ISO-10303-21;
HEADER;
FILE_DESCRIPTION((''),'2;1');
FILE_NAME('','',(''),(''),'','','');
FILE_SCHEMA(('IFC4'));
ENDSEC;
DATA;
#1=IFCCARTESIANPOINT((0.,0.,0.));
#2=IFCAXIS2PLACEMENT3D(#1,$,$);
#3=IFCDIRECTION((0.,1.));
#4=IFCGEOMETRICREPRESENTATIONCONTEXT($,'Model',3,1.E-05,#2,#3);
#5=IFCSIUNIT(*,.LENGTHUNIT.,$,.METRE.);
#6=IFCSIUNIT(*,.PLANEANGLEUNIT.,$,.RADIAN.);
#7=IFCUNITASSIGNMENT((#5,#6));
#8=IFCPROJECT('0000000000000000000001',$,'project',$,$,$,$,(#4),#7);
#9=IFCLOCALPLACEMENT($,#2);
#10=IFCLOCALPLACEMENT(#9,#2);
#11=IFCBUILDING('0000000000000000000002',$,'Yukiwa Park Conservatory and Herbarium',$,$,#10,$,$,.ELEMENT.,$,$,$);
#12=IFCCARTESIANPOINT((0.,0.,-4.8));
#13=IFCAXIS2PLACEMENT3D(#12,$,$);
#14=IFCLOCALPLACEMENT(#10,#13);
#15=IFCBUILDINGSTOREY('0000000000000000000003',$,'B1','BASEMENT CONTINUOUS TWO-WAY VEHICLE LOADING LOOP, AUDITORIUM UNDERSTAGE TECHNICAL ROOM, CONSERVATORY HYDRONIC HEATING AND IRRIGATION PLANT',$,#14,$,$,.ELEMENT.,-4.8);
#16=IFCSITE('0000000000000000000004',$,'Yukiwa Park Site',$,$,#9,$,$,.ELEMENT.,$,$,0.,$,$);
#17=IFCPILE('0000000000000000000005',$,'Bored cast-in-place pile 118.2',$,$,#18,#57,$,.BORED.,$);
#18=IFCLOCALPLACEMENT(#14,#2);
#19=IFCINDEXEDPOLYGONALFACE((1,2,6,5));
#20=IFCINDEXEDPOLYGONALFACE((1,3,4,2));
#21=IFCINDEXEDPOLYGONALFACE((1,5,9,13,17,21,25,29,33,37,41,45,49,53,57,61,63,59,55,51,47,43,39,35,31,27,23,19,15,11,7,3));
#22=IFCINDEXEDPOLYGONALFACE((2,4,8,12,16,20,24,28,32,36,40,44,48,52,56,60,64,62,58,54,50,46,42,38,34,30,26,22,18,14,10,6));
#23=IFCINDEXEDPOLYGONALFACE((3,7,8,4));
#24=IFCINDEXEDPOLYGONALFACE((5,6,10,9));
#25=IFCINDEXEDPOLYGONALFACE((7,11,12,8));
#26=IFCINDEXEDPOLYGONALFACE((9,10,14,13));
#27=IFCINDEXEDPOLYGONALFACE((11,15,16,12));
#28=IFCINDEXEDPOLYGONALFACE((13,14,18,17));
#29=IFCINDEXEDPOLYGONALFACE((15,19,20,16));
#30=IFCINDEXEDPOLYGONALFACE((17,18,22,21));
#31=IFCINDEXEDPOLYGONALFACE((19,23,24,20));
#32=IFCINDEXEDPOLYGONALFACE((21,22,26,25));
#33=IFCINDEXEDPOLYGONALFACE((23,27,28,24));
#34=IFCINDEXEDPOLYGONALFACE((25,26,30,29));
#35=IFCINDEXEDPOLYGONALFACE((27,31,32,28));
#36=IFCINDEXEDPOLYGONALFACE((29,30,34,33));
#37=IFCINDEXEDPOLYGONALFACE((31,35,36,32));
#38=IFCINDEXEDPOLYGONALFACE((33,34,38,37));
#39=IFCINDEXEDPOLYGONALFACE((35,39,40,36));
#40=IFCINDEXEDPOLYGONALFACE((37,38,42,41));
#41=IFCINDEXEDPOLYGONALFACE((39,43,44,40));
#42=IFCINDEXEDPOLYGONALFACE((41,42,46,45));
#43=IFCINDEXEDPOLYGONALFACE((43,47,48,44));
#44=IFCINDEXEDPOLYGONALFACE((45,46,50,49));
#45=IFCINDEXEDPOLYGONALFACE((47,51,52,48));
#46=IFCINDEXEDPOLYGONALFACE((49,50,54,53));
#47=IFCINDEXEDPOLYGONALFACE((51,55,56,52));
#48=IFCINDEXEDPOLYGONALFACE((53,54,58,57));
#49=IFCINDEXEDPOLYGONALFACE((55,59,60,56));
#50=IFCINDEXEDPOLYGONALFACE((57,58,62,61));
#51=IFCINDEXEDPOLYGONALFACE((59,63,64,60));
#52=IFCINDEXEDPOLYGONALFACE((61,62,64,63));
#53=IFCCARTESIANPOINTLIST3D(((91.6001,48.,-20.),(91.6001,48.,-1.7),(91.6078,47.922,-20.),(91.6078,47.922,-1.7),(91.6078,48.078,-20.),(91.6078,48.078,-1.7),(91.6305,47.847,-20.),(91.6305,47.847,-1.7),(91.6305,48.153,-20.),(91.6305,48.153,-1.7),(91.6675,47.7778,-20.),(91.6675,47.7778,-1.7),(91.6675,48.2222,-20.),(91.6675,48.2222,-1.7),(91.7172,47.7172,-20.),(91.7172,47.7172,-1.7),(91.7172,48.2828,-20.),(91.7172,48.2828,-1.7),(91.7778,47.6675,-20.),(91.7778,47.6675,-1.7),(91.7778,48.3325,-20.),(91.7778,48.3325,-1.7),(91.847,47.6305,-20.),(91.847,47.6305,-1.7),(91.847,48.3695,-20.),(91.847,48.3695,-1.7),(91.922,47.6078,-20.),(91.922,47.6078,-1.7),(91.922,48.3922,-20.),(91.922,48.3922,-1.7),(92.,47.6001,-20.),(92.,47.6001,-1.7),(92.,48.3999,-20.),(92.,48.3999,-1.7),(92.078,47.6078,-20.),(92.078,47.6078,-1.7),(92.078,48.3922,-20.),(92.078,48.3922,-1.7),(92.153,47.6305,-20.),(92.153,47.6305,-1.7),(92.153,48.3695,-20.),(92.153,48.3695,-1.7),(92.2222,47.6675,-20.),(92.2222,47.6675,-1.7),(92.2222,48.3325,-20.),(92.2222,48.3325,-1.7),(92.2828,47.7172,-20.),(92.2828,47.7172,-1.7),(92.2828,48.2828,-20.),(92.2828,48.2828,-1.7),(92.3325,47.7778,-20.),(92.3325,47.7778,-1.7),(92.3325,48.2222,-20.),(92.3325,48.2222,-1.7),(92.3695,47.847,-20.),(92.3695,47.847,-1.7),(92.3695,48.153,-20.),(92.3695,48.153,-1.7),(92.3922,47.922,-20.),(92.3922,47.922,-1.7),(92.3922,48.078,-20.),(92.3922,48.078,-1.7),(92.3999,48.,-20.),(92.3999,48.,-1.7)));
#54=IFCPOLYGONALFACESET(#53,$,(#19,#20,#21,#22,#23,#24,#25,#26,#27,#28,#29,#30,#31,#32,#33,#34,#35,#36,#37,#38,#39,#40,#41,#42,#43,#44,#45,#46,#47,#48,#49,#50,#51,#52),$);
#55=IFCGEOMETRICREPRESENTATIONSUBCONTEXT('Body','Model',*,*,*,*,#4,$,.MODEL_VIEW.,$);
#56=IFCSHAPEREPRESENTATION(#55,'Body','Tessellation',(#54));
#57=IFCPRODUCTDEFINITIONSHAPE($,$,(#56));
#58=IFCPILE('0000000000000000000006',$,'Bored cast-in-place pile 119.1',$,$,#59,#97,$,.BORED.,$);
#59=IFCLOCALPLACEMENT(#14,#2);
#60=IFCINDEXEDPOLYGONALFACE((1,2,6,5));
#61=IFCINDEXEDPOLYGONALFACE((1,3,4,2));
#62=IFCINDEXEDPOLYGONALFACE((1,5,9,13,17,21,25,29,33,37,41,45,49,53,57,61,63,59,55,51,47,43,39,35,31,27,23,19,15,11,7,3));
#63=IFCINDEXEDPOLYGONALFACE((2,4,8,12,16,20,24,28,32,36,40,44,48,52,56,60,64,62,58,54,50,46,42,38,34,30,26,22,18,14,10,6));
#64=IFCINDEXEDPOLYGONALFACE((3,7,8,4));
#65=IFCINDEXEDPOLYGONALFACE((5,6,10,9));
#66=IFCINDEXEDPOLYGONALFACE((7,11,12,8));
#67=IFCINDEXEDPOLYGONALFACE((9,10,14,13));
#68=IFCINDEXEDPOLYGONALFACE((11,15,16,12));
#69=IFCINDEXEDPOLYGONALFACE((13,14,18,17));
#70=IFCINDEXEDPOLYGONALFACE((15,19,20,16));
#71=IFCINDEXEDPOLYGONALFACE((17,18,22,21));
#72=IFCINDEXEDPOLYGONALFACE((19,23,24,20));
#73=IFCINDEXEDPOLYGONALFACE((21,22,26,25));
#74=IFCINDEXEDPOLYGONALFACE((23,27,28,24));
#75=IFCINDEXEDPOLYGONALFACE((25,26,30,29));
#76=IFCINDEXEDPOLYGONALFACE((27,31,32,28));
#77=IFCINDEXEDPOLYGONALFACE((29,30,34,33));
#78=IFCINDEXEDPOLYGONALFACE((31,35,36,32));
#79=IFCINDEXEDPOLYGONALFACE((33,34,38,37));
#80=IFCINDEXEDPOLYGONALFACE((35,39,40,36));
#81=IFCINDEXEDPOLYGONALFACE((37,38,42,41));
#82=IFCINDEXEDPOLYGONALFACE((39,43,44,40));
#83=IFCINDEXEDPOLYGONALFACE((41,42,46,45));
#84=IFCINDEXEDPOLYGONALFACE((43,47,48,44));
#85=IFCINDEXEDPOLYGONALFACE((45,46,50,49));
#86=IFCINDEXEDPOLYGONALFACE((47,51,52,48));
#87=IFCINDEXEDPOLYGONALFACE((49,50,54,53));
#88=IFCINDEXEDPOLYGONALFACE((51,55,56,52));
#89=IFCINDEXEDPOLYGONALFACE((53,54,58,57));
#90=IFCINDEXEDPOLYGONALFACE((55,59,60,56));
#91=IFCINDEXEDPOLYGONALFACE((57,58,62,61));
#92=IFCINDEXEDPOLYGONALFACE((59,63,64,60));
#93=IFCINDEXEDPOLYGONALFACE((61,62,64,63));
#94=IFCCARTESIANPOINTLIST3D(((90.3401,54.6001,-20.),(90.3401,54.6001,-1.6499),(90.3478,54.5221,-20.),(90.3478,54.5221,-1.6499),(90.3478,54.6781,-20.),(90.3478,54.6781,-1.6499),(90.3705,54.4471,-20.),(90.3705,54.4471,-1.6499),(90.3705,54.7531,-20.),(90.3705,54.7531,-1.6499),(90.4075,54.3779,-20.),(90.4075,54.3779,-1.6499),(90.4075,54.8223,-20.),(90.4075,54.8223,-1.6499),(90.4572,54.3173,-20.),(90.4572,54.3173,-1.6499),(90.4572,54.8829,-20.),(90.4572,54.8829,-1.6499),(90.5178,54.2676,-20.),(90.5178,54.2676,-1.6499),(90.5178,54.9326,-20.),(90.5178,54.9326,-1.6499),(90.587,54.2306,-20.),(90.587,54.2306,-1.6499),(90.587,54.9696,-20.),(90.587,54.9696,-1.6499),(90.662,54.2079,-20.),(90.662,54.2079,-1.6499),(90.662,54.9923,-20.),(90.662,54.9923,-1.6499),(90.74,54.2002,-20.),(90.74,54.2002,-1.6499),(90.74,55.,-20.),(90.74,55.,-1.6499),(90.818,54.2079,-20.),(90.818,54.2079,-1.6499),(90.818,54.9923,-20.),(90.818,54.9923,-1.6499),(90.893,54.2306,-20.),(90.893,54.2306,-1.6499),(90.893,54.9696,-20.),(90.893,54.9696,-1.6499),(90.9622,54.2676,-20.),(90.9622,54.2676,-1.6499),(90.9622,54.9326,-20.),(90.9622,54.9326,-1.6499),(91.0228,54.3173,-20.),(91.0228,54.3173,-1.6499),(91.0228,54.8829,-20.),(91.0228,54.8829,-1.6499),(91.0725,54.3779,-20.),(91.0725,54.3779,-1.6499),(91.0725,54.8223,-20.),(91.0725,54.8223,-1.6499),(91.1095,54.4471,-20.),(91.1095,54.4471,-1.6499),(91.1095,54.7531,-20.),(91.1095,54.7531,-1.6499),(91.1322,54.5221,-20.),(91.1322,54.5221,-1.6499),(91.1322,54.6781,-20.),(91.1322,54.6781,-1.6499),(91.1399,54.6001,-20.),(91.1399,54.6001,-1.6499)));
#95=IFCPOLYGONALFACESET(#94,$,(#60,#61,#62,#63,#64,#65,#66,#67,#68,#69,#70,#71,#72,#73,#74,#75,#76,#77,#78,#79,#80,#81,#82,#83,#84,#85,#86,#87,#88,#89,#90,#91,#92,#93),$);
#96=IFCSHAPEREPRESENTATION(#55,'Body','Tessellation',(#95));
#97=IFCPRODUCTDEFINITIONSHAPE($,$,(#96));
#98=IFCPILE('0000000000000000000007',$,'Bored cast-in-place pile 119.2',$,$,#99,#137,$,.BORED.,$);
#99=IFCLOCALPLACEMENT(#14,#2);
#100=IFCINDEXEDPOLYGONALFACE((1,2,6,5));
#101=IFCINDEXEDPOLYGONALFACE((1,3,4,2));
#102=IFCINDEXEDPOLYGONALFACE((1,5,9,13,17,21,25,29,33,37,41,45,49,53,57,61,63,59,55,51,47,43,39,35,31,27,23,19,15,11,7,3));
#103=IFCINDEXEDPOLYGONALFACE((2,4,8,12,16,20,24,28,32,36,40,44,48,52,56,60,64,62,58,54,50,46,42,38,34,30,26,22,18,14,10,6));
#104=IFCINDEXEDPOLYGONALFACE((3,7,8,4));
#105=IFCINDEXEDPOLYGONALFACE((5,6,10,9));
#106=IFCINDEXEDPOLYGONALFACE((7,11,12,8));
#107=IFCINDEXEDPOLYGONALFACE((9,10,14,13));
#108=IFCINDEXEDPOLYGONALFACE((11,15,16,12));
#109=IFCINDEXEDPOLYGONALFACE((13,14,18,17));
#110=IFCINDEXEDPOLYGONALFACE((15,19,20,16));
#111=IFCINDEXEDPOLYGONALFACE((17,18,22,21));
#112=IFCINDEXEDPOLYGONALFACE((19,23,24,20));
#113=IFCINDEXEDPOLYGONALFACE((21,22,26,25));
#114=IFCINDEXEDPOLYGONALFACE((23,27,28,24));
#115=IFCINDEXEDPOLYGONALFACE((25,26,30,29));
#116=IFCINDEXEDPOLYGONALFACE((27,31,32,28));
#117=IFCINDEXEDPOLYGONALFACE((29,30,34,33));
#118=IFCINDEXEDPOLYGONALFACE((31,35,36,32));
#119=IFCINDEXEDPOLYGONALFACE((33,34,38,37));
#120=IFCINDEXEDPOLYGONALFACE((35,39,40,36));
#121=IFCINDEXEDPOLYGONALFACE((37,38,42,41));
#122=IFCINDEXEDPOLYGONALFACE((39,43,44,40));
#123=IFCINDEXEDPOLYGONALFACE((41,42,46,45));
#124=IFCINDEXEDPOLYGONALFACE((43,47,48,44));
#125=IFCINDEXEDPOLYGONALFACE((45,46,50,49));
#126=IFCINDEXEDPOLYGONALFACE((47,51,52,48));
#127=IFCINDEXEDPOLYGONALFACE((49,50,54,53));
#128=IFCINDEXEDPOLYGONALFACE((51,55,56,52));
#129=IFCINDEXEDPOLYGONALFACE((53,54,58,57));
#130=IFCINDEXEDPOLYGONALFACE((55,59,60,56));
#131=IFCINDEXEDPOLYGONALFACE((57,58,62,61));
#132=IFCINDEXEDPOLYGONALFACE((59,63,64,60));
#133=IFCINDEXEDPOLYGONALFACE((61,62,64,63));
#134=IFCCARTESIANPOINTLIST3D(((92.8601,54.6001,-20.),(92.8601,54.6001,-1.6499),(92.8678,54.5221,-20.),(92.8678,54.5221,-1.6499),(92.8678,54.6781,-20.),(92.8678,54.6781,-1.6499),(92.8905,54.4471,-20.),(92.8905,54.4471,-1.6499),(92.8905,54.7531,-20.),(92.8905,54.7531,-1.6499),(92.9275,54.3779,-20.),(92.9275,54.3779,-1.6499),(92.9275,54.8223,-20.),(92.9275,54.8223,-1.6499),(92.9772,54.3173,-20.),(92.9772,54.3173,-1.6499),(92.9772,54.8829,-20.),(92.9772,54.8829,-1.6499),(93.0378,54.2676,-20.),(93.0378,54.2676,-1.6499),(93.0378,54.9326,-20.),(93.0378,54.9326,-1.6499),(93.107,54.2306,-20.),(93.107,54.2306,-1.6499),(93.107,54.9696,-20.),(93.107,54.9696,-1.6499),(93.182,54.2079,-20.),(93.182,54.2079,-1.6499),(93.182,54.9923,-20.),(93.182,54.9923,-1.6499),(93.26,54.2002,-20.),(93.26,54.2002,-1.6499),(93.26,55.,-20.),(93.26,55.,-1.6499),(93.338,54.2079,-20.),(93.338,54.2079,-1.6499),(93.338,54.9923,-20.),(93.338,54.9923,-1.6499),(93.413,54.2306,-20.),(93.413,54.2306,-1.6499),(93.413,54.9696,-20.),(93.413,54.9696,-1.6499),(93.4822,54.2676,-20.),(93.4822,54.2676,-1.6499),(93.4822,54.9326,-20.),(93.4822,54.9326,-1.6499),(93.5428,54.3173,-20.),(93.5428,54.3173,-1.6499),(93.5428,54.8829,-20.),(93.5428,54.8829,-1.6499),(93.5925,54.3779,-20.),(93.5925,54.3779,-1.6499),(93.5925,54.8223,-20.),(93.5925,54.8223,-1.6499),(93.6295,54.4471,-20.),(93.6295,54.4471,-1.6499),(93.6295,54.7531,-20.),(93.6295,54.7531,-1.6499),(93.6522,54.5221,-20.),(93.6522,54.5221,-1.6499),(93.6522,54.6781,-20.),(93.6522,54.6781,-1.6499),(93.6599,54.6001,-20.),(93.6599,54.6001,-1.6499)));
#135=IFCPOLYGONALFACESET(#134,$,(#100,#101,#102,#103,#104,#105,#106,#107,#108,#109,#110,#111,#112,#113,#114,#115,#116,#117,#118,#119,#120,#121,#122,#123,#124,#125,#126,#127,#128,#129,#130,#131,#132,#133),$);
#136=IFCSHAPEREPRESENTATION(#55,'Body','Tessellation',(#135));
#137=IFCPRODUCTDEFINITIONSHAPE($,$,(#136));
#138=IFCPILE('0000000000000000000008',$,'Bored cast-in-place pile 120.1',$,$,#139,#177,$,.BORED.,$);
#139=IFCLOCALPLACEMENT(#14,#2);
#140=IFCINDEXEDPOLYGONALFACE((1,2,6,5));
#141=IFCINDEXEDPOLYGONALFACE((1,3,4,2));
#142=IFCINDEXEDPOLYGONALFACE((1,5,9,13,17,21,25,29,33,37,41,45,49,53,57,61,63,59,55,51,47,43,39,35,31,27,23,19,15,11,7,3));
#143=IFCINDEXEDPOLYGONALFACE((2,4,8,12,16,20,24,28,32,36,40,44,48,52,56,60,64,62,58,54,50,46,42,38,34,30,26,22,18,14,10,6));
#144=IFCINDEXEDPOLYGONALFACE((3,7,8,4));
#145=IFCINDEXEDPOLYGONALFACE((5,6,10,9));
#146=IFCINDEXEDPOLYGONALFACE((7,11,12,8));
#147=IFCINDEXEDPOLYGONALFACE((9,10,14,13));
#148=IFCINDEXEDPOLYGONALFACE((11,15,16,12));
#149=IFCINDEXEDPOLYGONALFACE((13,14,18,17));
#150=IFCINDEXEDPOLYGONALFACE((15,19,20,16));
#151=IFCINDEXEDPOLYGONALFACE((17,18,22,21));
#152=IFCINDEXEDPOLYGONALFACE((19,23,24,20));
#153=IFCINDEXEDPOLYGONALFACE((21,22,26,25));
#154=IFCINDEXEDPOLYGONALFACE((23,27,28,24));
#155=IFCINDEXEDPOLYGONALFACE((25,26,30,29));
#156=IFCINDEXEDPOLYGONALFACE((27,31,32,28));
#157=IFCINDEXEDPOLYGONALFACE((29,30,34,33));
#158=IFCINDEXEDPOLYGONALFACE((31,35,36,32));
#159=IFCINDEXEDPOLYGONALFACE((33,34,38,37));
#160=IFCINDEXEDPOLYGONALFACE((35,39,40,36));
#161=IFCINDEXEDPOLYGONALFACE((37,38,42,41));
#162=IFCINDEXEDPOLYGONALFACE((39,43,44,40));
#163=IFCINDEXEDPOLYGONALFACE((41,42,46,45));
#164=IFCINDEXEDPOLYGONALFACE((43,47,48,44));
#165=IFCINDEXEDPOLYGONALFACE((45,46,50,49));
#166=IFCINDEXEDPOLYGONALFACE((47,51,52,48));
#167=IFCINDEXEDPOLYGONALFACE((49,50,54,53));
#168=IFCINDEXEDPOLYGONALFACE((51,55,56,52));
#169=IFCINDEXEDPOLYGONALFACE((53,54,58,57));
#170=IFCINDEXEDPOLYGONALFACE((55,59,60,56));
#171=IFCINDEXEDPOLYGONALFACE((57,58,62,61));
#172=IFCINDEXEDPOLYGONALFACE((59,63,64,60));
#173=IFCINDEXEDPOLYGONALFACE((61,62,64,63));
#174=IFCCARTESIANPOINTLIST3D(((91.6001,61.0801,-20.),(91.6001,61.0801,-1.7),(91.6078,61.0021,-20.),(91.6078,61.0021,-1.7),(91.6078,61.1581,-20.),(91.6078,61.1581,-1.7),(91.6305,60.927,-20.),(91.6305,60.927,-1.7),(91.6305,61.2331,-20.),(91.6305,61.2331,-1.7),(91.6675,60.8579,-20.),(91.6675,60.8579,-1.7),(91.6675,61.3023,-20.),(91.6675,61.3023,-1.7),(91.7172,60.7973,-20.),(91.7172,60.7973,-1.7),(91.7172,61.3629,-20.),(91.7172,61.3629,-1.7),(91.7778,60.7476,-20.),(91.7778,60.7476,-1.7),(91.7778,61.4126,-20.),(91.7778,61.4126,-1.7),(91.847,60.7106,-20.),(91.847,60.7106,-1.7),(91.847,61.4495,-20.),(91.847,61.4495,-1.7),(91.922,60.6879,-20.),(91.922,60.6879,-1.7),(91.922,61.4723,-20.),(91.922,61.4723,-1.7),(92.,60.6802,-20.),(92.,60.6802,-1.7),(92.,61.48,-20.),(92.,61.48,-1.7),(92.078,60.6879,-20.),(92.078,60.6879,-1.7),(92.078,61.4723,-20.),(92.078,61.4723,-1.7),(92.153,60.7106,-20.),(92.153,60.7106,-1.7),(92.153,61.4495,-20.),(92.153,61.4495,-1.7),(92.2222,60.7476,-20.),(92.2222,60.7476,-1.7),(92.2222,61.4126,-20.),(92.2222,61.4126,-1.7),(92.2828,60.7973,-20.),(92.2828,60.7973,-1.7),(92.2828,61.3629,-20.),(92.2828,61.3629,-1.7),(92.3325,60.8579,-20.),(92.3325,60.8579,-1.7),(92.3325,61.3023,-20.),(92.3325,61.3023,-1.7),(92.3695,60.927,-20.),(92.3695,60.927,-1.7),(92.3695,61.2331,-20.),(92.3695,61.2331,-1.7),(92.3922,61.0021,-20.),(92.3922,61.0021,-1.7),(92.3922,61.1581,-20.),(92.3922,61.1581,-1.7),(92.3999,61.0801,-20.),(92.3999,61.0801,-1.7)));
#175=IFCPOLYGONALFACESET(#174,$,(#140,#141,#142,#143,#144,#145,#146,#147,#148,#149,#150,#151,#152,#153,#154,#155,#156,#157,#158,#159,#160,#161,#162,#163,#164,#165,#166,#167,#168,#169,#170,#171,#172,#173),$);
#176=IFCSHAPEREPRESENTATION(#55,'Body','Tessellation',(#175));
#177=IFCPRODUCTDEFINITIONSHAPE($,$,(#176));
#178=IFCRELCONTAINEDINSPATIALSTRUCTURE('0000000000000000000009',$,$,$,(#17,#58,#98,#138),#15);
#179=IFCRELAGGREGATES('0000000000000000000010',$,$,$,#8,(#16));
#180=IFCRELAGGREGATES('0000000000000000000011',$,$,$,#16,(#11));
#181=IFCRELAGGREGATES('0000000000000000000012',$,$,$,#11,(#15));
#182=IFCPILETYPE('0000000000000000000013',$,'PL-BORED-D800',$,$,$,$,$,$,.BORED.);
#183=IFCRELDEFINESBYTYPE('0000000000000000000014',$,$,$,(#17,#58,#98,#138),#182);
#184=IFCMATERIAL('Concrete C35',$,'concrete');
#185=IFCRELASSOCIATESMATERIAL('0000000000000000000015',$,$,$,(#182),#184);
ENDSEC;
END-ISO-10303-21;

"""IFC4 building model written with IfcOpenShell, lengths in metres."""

from ifc_helpers import new_model, si_unit, direction, frame, origin, origin_2d, place, context, subcontext, project, spatial, circle, extrude, material, material_profile, profile_set, type_object, element, save


model = new_model("IFC4")

# Units and contexts
model_context = context("Model", 3, precision=1e-05, world=origin(), true_north=direction((0.0, 1.0)))
body_context = subcontext(model_context, "Body", "Model", "MODEL_VIEW")
ifc_project = project(units=[si_unit("LENGTHUNIT", "METRE"), si_unit("PLANEANGLEUNIT", "RADIAN")], contexts=[model_context])

# Site, building, storey
site_placement = place(None, origin())
site = spatial("IfcSite", under=ifc_project, at=site_placement, Name="Yukiwa Park Site", CompositionType="ELEMENT", RefElevation=0.0)
building_placement = place(site_placement, origin())
building = spatial("IfcBuilding", under=site, at=building_placement, Name="Yukiwa Park Conservatory and Herbarium", CompositionType="ELEMENT")
storey_placement = place(building_placement, frame((0.0, 0.0, -4.8)))
storey = spatial("IfcBuildingStorey", under=building, at=storey_placement, Name="B1", Description="BASEMENT CONTINUOUS TWO-WAY VEHICLE LOADING LOOP, AUDITORIUM UNDERSTAGE TECHNICAL ROOM, CONSERVATORY HYDRONIC HEATING AND IRRIGATION PLANT", CompositionType="ELEMENT", Elevation=-4.8)

# Piles
ifc_material_1 = material(Name="Concrete C35", Category="concrete")
ifc_material_profile_1 = material_profile(ifc_material_1, circle(Radius=0.3999, at=origin_2d()), Name="PILE D800")
ifc_profile_set_1 = profile_set([ifc_material_profile_1], Name="Concrete C35")
pile_type = type_object("IfcPileType", Name="PL-BORED-D800", PredefinedType="BORED", material=ifc_profile_set_1)
pile_1_placement = place(storey_placement, frame((92.0, 48.0, -1.7), z_axis=(0.0, 0.0, -1.0), x_axis=(1.0, 0.0, 0.0)))
element("IfcPile", 1, at=pile_1_placement, inside=storey, type_object=pile_type, Name="Bored cast-in-place pile 118.2", PredefinedType="BORED", context=body_context, shape_type="SweptSolid", body=[
    extrude(circle(Radius=0.3999, at=origin_2d()), origin(), (0.0, 0.0, 1.0), 18.3),
])
for number, where, z_axis, x_axis, name in (
    (2, (90.74, 54.6001, -1.6499), (0.0, 0.0, -1.0), (1.0, 0.0, 0.0), "Bored cast-in-place pile 119.1"),
    (3, (93.26, 54.6001, -1.6499), (0.0, 0.0, -1.0), (1.0, 0.0, 0.0), "Bored cast-in-place pile 119.2"),
):
    element("IfcPile", number, at=place(storey_placement, frame(where, z_axis=z_axis, x_axis=x_axis)), inside=storey, type_object=pile_type, Name=name, PredefinedType="BORED", context=body_context, shape_type="SweptSolid", body=[
        extrude(circle(Radius=0.3999, at=origin_2d()), origin(), (0.0, 0.0, 1.0), 18.3501),
    ])
pile_2_placement = place(storey_placement, frame((92.0, 61.0801, -1.7), z_axis=(0.0, 0.0, -1.0), x_axis=(1.0, 0.0, 0.0)))
element("IfcPile", 4, at=pile_2_placement, inside=storey, type_object=pile_type, Name="Bored cast-in-place pile 120.1", PredefinedType="BORED", context=body_context, shape_type="SweptSolid", body=[
    extrude(circle(Radius=0.3999, at=origin_2d()), origin(), (0.0, 0.0, 1.0), 18.3),
])

save(model, "model.ifc")
